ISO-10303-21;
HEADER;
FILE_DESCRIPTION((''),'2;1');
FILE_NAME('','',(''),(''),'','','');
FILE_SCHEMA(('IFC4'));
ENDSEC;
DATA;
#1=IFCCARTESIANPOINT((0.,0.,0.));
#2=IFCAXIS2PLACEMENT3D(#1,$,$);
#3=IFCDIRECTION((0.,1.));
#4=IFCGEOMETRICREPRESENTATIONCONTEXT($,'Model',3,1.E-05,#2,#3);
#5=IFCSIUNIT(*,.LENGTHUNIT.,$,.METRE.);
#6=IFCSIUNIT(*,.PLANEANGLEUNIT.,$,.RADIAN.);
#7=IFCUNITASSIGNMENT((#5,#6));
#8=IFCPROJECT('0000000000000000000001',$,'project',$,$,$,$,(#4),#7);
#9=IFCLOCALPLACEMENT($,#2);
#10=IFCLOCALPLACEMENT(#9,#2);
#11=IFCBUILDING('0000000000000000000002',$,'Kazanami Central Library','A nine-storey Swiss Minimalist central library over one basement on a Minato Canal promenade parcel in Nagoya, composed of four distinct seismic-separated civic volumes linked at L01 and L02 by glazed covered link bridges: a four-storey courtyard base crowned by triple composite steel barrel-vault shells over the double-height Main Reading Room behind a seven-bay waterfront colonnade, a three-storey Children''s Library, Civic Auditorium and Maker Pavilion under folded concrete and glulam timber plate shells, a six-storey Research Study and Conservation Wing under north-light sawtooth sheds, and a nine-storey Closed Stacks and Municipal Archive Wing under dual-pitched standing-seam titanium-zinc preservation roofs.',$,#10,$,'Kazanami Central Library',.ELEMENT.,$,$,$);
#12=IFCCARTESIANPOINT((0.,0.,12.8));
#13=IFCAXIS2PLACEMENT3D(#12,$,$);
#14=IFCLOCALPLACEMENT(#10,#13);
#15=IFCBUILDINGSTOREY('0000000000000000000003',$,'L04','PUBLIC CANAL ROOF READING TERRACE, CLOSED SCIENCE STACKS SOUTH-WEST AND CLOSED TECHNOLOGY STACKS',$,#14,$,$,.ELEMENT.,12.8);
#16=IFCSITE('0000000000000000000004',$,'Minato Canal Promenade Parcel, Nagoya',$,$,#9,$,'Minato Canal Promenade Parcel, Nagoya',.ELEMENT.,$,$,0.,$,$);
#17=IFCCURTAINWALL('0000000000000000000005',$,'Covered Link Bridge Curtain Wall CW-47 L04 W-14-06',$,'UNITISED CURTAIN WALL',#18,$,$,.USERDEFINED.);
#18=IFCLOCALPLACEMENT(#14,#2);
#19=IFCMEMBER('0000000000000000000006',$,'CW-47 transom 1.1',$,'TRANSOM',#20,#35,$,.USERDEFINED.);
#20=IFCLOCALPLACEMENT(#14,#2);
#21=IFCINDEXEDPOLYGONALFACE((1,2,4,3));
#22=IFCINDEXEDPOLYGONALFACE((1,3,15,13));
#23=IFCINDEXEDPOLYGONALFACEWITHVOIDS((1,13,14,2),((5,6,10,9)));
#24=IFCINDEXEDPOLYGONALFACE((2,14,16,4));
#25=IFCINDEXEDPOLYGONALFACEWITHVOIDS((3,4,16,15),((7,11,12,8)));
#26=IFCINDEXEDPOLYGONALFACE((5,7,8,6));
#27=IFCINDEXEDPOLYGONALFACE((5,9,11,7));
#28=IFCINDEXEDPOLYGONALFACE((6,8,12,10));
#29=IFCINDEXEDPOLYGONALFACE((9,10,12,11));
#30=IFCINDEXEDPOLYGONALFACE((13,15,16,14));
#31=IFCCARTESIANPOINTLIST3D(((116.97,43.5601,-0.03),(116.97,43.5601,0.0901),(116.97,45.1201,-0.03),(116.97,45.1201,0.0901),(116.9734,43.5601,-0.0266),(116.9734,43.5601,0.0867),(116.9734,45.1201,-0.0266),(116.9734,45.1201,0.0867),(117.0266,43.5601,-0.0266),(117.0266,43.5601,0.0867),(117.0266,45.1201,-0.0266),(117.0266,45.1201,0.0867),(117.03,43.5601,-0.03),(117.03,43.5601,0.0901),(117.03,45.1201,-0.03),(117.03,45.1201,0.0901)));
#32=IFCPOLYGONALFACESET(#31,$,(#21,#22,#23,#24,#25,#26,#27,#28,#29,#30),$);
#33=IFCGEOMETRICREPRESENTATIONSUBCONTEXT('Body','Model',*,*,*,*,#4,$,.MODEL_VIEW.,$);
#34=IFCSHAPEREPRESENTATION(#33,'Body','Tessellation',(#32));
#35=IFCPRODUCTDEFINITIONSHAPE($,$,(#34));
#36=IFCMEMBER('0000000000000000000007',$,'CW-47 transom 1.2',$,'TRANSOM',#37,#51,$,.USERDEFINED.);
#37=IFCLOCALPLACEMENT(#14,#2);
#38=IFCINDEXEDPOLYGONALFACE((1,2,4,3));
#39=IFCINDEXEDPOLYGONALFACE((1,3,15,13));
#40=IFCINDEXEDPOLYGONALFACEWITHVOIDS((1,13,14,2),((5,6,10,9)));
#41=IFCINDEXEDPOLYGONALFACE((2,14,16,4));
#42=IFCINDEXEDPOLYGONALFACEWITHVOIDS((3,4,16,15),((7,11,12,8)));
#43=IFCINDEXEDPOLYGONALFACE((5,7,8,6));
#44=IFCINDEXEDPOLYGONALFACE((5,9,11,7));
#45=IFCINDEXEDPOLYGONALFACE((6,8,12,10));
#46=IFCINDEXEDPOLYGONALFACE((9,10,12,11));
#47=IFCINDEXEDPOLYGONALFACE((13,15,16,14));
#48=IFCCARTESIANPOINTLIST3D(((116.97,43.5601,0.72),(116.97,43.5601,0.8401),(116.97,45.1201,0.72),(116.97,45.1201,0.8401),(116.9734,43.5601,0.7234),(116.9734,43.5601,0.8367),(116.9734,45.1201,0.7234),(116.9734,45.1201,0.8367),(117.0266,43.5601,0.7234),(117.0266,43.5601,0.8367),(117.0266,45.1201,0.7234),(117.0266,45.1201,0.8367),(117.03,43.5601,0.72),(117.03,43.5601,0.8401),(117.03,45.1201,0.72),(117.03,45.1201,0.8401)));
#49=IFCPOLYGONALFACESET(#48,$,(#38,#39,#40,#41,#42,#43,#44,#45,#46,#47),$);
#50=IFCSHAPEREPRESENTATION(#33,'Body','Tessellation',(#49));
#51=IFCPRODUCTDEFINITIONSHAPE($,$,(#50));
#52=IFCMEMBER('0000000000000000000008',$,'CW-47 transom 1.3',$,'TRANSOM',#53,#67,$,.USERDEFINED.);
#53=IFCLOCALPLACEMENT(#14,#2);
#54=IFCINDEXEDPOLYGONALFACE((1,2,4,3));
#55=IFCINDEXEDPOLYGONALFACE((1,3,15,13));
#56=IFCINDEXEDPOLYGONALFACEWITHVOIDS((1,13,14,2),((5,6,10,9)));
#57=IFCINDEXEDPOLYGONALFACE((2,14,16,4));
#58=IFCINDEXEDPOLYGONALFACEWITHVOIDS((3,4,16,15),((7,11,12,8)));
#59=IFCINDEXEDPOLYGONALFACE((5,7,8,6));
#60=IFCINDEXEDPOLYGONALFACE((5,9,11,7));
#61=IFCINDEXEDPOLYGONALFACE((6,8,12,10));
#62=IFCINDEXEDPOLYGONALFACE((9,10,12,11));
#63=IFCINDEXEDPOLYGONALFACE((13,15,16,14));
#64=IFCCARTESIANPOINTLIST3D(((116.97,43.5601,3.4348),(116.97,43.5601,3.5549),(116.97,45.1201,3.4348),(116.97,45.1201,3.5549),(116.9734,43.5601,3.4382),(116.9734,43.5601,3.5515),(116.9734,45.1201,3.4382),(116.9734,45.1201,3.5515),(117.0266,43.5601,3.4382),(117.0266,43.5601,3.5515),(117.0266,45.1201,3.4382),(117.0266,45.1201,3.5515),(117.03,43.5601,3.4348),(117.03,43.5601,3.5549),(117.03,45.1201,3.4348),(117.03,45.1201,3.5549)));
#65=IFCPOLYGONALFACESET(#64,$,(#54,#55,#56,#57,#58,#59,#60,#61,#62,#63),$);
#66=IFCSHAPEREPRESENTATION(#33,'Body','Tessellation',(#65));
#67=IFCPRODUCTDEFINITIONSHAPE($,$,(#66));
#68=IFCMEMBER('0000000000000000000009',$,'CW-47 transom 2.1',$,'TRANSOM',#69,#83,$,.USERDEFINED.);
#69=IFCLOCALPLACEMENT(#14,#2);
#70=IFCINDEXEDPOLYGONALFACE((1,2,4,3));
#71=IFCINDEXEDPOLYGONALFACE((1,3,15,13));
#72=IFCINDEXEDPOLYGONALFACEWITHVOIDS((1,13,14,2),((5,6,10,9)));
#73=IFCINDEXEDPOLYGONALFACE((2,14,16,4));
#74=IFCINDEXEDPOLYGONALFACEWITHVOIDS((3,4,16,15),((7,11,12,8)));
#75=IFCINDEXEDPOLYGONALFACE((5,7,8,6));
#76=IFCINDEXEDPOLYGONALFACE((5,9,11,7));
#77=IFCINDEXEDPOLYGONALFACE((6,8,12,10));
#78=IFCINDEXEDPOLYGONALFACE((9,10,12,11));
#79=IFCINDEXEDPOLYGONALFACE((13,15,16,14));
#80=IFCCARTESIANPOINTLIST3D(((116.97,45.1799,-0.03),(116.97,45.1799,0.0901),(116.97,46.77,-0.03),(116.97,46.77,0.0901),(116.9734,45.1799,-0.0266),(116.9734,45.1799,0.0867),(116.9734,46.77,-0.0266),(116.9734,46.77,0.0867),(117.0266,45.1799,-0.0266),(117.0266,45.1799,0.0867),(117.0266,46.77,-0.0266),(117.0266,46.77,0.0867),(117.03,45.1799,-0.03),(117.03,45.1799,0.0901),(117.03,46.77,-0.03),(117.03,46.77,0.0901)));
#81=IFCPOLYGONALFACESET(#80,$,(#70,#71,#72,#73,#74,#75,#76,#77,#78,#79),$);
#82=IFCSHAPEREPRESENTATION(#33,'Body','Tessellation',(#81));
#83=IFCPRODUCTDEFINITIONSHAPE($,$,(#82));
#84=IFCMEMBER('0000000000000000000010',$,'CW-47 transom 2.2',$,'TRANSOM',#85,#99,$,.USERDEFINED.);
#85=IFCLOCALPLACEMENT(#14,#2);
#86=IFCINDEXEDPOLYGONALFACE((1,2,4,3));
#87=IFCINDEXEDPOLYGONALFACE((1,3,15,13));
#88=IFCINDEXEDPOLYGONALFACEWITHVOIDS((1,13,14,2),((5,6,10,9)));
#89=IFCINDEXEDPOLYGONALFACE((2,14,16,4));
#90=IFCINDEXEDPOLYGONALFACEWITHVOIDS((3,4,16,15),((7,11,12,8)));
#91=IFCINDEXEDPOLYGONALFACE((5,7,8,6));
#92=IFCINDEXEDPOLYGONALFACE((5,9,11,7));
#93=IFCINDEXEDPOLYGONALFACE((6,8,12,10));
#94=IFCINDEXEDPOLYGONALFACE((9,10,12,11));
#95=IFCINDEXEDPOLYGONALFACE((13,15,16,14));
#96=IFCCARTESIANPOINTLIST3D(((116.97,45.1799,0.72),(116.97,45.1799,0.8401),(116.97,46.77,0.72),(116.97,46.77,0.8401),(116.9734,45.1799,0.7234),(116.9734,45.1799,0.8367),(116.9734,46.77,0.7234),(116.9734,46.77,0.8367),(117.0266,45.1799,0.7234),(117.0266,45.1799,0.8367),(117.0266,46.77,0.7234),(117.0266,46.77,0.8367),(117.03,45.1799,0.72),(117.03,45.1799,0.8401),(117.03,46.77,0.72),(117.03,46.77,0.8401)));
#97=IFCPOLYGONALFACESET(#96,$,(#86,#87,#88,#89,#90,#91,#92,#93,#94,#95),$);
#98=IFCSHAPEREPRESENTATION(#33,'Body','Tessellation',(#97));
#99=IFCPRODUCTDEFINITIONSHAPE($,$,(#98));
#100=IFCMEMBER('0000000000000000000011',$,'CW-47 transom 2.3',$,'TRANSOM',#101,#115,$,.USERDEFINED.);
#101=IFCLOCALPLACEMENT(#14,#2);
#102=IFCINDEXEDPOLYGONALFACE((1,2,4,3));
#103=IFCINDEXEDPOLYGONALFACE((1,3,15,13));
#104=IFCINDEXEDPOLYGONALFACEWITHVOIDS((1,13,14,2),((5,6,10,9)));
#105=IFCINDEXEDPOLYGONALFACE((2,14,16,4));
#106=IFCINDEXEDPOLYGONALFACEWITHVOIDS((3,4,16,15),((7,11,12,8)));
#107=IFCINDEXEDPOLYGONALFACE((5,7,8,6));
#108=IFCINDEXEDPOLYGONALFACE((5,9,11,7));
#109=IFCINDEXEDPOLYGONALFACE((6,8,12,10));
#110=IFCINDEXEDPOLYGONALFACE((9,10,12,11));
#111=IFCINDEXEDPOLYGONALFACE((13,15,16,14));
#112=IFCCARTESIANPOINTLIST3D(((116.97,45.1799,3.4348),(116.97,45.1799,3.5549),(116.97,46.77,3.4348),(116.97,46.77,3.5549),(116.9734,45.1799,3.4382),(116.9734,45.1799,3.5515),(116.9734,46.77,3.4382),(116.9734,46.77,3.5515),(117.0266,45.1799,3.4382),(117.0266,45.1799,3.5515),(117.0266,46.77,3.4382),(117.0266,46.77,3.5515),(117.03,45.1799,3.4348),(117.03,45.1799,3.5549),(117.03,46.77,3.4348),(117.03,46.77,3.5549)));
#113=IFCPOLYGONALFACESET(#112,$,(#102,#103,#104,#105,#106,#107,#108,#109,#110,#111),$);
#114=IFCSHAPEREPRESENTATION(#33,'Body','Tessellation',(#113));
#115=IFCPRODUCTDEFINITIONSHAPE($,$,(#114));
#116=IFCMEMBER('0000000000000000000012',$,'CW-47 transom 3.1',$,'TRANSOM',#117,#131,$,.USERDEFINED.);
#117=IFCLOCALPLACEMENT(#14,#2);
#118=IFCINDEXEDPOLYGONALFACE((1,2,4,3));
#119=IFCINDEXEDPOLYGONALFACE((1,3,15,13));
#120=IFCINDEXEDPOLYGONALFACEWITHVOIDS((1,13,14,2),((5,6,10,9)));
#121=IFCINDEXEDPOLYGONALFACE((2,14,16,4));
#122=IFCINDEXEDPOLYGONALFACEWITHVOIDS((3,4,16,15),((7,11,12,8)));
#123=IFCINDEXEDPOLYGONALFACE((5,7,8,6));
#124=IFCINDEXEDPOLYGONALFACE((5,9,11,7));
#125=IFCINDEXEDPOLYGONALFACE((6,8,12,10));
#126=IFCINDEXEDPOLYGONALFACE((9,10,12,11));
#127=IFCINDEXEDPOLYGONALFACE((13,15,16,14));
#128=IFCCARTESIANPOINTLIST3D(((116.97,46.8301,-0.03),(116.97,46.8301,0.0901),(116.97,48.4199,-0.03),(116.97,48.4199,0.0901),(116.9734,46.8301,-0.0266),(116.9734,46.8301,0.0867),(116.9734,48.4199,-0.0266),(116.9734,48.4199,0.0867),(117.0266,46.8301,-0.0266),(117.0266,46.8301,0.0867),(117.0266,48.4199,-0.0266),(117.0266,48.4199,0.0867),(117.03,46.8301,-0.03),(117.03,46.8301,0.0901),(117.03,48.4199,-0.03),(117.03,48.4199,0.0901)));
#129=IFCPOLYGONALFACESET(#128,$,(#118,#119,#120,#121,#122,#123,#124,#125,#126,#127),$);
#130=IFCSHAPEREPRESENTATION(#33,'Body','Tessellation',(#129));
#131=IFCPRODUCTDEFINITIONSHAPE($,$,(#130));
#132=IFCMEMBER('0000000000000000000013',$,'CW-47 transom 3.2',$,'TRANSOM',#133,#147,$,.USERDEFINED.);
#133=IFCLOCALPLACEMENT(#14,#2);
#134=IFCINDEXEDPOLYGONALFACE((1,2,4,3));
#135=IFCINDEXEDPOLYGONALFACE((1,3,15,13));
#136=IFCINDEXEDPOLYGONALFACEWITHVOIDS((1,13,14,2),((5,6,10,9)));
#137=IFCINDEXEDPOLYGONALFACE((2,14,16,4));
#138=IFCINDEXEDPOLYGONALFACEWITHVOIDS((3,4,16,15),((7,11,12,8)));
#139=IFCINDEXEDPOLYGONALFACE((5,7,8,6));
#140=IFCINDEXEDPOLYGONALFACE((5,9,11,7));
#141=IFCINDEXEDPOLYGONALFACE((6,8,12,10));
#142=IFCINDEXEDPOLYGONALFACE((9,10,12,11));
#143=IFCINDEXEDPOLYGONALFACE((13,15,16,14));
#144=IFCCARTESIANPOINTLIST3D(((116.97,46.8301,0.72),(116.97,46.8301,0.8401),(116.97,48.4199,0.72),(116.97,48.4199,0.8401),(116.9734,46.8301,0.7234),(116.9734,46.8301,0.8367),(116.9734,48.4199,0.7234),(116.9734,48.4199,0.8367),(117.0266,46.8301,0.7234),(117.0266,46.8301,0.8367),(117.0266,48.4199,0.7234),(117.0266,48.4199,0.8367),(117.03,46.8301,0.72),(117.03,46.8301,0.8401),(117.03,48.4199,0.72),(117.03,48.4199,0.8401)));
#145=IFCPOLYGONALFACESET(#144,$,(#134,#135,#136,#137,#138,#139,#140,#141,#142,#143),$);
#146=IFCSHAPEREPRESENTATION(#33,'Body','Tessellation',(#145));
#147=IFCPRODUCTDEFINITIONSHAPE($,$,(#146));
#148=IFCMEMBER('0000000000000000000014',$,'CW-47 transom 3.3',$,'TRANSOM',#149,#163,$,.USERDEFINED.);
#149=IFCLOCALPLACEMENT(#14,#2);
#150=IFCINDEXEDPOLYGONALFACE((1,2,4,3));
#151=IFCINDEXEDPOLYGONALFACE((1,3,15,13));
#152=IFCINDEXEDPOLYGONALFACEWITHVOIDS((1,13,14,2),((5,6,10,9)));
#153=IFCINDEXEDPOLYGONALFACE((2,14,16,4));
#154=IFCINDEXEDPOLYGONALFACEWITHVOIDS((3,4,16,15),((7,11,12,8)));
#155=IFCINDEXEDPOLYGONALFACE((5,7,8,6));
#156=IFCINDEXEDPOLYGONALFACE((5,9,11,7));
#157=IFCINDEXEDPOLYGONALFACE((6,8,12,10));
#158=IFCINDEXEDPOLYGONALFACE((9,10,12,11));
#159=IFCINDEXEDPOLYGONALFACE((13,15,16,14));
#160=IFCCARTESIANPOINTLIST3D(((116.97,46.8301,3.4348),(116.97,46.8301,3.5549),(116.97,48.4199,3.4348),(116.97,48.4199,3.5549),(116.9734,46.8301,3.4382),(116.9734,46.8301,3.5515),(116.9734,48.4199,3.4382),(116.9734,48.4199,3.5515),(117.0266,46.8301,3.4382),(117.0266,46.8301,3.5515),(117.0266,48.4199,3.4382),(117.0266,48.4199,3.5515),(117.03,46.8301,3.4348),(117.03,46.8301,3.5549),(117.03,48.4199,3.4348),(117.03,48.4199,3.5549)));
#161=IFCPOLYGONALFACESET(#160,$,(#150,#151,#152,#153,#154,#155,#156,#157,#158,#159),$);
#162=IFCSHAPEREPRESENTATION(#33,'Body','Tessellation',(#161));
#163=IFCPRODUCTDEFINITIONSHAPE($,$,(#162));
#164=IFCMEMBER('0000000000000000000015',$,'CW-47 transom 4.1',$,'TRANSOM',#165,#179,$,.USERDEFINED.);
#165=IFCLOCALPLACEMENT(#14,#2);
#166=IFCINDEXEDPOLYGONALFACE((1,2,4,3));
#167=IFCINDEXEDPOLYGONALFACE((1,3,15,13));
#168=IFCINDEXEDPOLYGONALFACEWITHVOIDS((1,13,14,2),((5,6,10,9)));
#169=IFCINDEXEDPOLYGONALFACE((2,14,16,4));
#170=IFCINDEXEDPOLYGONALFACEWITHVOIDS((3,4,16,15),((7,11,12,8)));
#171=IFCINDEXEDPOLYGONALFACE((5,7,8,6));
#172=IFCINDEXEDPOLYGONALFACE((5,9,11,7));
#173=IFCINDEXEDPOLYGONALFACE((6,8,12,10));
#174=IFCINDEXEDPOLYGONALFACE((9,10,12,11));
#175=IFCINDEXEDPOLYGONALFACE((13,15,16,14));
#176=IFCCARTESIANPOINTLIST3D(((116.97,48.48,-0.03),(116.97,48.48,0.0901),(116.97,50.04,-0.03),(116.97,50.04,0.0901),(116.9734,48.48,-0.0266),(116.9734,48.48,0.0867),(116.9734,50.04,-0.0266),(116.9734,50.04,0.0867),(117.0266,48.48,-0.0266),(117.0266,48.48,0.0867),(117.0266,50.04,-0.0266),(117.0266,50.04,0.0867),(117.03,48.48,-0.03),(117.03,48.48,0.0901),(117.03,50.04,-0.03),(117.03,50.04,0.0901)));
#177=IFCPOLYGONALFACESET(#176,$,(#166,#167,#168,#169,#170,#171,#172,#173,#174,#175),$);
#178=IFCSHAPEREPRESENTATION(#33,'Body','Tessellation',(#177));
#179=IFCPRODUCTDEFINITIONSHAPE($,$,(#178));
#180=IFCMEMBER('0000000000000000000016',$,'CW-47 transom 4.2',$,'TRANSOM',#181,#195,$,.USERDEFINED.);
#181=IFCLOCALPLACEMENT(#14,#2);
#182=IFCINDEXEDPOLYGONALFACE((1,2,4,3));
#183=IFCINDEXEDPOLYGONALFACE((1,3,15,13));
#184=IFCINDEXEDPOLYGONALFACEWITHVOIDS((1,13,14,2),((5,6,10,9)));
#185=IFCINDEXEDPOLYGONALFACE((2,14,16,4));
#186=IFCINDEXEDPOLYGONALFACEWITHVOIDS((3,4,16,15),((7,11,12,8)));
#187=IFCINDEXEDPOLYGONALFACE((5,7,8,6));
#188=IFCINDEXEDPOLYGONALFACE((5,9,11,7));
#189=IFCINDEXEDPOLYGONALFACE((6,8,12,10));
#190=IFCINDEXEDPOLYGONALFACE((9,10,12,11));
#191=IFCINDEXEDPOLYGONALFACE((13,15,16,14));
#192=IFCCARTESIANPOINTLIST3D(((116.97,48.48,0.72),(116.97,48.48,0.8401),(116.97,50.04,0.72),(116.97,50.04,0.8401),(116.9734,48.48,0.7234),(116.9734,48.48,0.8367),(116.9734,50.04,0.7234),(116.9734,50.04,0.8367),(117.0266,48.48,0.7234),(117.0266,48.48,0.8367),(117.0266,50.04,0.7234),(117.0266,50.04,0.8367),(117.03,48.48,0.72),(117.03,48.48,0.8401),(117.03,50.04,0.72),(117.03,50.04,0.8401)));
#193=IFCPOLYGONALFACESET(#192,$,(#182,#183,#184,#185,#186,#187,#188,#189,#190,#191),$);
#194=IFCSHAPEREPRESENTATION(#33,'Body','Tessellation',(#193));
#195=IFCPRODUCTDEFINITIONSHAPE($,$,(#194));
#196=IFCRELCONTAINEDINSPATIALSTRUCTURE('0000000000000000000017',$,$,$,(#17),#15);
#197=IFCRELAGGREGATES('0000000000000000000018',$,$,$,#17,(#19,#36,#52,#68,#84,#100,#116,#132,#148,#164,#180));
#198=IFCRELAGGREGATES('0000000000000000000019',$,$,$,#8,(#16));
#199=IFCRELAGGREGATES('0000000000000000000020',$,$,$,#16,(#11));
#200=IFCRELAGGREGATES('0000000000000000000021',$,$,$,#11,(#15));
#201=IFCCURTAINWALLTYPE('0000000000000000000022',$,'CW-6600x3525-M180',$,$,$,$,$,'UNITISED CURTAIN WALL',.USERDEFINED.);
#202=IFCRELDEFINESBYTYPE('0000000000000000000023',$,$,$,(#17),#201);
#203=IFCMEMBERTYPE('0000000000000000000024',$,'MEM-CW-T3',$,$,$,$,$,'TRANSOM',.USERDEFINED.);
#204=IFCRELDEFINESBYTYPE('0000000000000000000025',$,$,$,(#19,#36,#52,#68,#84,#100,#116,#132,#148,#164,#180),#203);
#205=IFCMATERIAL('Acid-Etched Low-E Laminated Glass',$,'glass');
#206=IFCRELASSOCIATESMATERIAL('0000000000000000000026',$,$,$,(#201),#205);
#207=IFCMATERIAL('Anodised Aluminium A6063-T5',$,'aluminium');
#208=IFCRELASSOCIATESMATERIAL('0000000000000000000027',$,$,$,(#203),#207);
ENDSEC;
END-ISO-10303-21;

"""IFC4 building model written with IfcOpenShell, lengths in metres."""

from ifc_helpers import new_model, si_unit, direction, frame, origin, origin_2d, place, context, subcontext, project, spatial, hollow_rectangle, extrude, material, material_profile, profile_set, type_object, element, aggregate, save


model = new_model("IFC4")

# Units and contexts
model_context = context("Model", 3, precision=1e-05, world=origin(), true_north=direction((0.0, 1.0)))
body_context = subcontext(model_context, "Body", "Model", "MODEL_VIEW")
ifc_project = project(units=[si_unit("LENGTHUNIT", "METRE"), si_unit("PLANEANGLEUNIT", "RADIAN")], contexts=[model_context])

# Site, building, storey
site_placement = place(None, origin())
site = spatial("IfcSite", under=ifc_project, at=site_placement, Name="Minato Canal Promenade Parcel, Nagoya", LongName="Minato Canal Promenade Parcel, Nagoya", CompositionType="ELEMENT", RefElevation=0.0)
building_placement = place(site_placement, origin())
building = spatial("IfcBuilding", under=site, at=building_placement, Name="Kazanami Central Library", Description="A nine-storey Swiss Minimalist central library over one basement on a Minato Canal promenade parcel in Nagoya, composed of four distinct seismic-separated civic volumes linked at L01 and L02 by glazed covered link bridges: a four-storey courtyard base crowned by triple composite steel barrel-vault shells over the double-height Main Reading Room behind a seven-bay waterfront colonnade, a three-storey Children's Library, Civic Auditorium and Maker Pavilion under folded concrete and glulam timber plate shells, a six-storey Research Study and Conservation Wing under north-light sawtooth sheds, and a nine-storey Closed Stacks and Municipal Archive Wing under dual-pitched standing-seam titanium-zinc preservation roofs.", LongName="Kazanami Central Library", CompositionType="ELEMENT")
storey_placement = place(building_placement, frame((0.0, 0.0, 12.8)))
storey = spatial("IfcBuildingStorey", under=building, at=storey_placement, Name="L04", Description="PUBLIC CANAL ROOF READING TERRACE, CLOSED SCIENCE STACKS SOUTH-WEST AND CLOSED TECHNOLOGY STACKS", CompositionType="ELEMENT", Elevation=12.8)

# Curtain wall, members
ifc_material_1 = material(Name="Acid-Etched Low-E Laminated Glass", Category="glass")
curtain_wall_type = type_object("IfcCurtainWallType", Name="CW-6600x3525-M180", ElementType="UNITISED CURTAIN WALL", PredefinedType="USERDEFINED", material=ifc_material_1)
curtain_wall_placement = place(storey_placement, origin())
curtain_wall = element("IfcCurtainWall", 1, at=curtain_wall_placement, inside=storey, type_object=curtain_wall_type, Name="Covered Link Bridge Curtain Wall CW-47 L04 W-14-06", ObjectType="UNITISED CURTAIN WALL", PredefinedType="USERDEFINED")
ifc_material_2 = material(Name="Anodised Aluminium A6063-T5", Category="aluminium")
ifc_material_profile_1 = material_profile(ifc_material_2, hollow_rectangle(XDim=0.0601, YDim=0.1201, WallThickness=0.0034, at=origin_2d()), Name="ALU-TRAN-60x120x3.5")
ifc_profile_set_1 = profile_set([ifc_material_profile_1], Name="Anodised Aluminium A6063-T5")
member_type_1 = type_object("IfcMemberType", Name="MEM-CW-T3", ElementType="TRANSOM", PredefinedType="USERDEFINED", material=ifc_profile_set_1)
member_1_placement = place(storey_placement, frame((117.0, 43.5601, 0.03), z_axis=(0.0, 1.0, 0.0), x_axis=(-1.0, 0.0, 0.0)))
member_1 = element("IfcMember", 2, at=member_1_placement, type_object=member_type_1, Name="CW-47 transom 1.1", ObjectType="TRANSOM", PredefinedType="USERDEFINED", context=body_context, shape_type="SweptSolid", body=[
    extrude(hollow_rectangle(XDim=0.0601, YDim=0.1201, WallThickness=0.0034, at=origin_2d()), origin(), (0.0, 0.0, 1.0), 1.5601),
])
member_2_placement = place(storey_placement, frame((117.0, 43.5601, 0.78), z_axis=(0.0, 1.0, 0.0), x_axis=(-1.0, 0.0, 0.0)))
member_2 = element("IfcMember", 3, at=member_2_placement, type_object=member_type_1, Name="CW-47 transom 1.2", ObjectType="TRANSOM", PredefinedType="USERDEFINED", context=body_context, shape_type="SweptSolid", body=[
    extrude(hollow_rectangle(XDim=0.0601, YDim=0.1201, WallThickness=0.0034, at=origin_2d()), origin(), (0.0, 0.0, 1.0), 1.5601),
])
member_3_placement = place(storey_placement, frame((117.0, 43.5601, 3.4949), z_axis=(0.0, 1.0, 0.0), x_axis=(-1.0, 0.0, 0.0)))
member_3 = element("IfcMember", 4, at=member_3_placement, type_object=member_type_1, Name="CW-47 transom 1.3", ObjectType="TRANSOM", PredefinedType="USERDEFINED", context=body_context, shape_type="SweptSolid", body=[
    extrude(hollow_rectangle(XDim=0.0601, YDim=0.1201, WallThickness=0.0034, at=origin_2d()), origin(), (0.0, 0.0, 1.0), 1.5601),
])
member_4_placement = place(storey_placement, frame((117.0, 45.1799, 0.03), z_axis=(0.0, 1.0, 0.0), x_axis=(-1.0, 0.0, 0.0)))
member_4 = element("IfcMember", 5, at=member_4_placement, type_object=member_type_1, Name="CW-47 transom 2.1", ObjectType="TRANSOM", PredefinedType="USERDEFINED", context=body_context, shape_type="SweptSolid", body=[
    extrude(hollow_rectangle(XDim=0.0601, YDim=0.1201, WallThickness=0.0034, at=origin_2d()), origin(), (0.0, 0.0, 1.0), 1.5901),
])
member_5_placement = place(storey_placement, frame((117.0, 45.1799, 0.78), z_axis=(0.0, 1.0, 0.0), x_axis=(-1.0, 0.0, 0.0)))
member_5 = element("IfcMember", 6, at=member_5_placement, type_object=member_type_1, Name="CW-47 transom 2.2", ObjectType="TRANSOM", PredefinedType="USERDEFINED", context=body_context, shape_type="SweptSolid", body=[
    extrude(hollow_rectangle(XDim=0.0601, YDim=0.1201, WallThickness=0.0034, at=origin_2d()), origin(), (0.0, 0.0, 1.0), 1.5901),
])
member_6_placement = place(storey_placement, frame((117.0, 45.1799, 3.4949), z_axis=(0.0, 1.0, 0.0), x_axis=(-1.0, 0.0, 0.0)))
member_6 = element("IfcMember", 7, at=member_6_placement, type_object=member_type_1, Name="CW-47 transom 2.3", ObjectType="TRANSOM", PredefinedType="USERDEFINED", context=body_context, shape_type="SweptSolid", body=[
    extrude(hollow_rectangle(XDim=0.0601, YDim=0.1201, WallThickness=0.0034, at=origin_2d()), origin(), (0.0, 0.0, 1.0), 1.5901),
])
member_7_placement = place(storey_placement, frame((117.0, 46.8301, 0.03), z_axis=(0.0, 1.0, 0.0), x_axis=(-1.0, 0.0, 0.0)))
member_7 = element("IfcMember", 8, at=member_7_placement, type_object=member_type_1, Name="CW-47 transom 3.1", ObjectType="TRANSOM", PredefinedType="USERDEFINED", context=body_context, shape_type="SweptSolid", body=[
    extrude(hollow_rectangle(XDim=0.0601, YDim=0.1201, WallThickness=0.0034, at=origin_2d()), origin(), (0.0, 0.0, 1.0), 1.5898),
])
member_8_placement = place(storey_placement, frame((117.0, 46.8301, 0.78), z_axis=(0.0, 1.0, 0.0), x_axis=(-1.0, 0.0, 0.0)))
member_8 = element("IfcMember", 9, at=member_8_placement, type_object=member_type_1, Name="CW-47 transom 3.2", ObjectType="TRANSOM", PredefinedType="USERDEFINED", context=body_context, shape_type="SweptSolid", body=[
    extrude(hollow_rectangle(XDim=0.0601, YDim=0.1201, WallThickness=0.0034, at=origin_2d()), origin(), (0.0, 0.0, 1.0), 1.5898),
])
member_9_placement = place(storey_placement, frame((117.0, 46.8301, 3.4949), z_axis=(0.0, 1.0, 0.0), x_axis=(-1.0, 0.0, 0.0)))
member_9 = element("IfcMember", 10, at=member_9_placement, type_object=member_type_1, Name="CW-47 transom 3.3", ObjectType="TRANSOM", PredefinedType="USERDEFINED", context=body_context, shape_type="SweptSolid", body=[
    extrude(hollow_rectangle(XDim=0.0601, YDim=0.1201, WallThickness=0.0034, at=origin_2d()), origin(), (0.0, 0.0, 1.0), 1.5898),
])
member_10_placement = place(storey_placement, frame((117.0, 48.48, 0.03), z_axis=(0.0, 1.0, 0.0), x_axis=(-1.0, 0.0, 0.0)))
member_10 = element("IfcMember", 11, at=member_10_placement, type_object=member_type_1, Name="CW-47 transom 4.1", ObjectType="TRANSOM", PredefinedType="USERDEFINED", context=body_context, shape_type="SweptSolid", body=[
    extrude(hollow_rectangle(XDim=0.0601, YDim=0.1201, WallThickness=0.0034, at=origin_2d()), origin(), (0.0, 0.0, 1.0), 1.5601),
])
member_11_placement = place(storey_placement, frame((117.0, 48.48, 0.78), z_axis=(0.0, 1.0, 0.0), x_axis=(-1.0, 0.0, 0.0)))
member_11 = element("IfcMember", 12, at=member_11_placement, type_object=member_type_1, Name="CW-47 transom 4.2", ObjectType="TRANSOM", PredefinedType="USERDEFINED", context=body_context, shape_type="SweptSolid", body=[
    extrude(hollow_rectangle(XDim=0.0601, YDim=0.1201, WallThickness=0.0034, at=origin_2d()), origin(), (0.0, 0.0, 1.0), 1.5601),
])
aggregate(curtain_wall, [member_1, member_2, member_3, member_4, member_5, member_6, member_7, member_8, member_9, member_10, member_11])

save(model, "model.ifc")
